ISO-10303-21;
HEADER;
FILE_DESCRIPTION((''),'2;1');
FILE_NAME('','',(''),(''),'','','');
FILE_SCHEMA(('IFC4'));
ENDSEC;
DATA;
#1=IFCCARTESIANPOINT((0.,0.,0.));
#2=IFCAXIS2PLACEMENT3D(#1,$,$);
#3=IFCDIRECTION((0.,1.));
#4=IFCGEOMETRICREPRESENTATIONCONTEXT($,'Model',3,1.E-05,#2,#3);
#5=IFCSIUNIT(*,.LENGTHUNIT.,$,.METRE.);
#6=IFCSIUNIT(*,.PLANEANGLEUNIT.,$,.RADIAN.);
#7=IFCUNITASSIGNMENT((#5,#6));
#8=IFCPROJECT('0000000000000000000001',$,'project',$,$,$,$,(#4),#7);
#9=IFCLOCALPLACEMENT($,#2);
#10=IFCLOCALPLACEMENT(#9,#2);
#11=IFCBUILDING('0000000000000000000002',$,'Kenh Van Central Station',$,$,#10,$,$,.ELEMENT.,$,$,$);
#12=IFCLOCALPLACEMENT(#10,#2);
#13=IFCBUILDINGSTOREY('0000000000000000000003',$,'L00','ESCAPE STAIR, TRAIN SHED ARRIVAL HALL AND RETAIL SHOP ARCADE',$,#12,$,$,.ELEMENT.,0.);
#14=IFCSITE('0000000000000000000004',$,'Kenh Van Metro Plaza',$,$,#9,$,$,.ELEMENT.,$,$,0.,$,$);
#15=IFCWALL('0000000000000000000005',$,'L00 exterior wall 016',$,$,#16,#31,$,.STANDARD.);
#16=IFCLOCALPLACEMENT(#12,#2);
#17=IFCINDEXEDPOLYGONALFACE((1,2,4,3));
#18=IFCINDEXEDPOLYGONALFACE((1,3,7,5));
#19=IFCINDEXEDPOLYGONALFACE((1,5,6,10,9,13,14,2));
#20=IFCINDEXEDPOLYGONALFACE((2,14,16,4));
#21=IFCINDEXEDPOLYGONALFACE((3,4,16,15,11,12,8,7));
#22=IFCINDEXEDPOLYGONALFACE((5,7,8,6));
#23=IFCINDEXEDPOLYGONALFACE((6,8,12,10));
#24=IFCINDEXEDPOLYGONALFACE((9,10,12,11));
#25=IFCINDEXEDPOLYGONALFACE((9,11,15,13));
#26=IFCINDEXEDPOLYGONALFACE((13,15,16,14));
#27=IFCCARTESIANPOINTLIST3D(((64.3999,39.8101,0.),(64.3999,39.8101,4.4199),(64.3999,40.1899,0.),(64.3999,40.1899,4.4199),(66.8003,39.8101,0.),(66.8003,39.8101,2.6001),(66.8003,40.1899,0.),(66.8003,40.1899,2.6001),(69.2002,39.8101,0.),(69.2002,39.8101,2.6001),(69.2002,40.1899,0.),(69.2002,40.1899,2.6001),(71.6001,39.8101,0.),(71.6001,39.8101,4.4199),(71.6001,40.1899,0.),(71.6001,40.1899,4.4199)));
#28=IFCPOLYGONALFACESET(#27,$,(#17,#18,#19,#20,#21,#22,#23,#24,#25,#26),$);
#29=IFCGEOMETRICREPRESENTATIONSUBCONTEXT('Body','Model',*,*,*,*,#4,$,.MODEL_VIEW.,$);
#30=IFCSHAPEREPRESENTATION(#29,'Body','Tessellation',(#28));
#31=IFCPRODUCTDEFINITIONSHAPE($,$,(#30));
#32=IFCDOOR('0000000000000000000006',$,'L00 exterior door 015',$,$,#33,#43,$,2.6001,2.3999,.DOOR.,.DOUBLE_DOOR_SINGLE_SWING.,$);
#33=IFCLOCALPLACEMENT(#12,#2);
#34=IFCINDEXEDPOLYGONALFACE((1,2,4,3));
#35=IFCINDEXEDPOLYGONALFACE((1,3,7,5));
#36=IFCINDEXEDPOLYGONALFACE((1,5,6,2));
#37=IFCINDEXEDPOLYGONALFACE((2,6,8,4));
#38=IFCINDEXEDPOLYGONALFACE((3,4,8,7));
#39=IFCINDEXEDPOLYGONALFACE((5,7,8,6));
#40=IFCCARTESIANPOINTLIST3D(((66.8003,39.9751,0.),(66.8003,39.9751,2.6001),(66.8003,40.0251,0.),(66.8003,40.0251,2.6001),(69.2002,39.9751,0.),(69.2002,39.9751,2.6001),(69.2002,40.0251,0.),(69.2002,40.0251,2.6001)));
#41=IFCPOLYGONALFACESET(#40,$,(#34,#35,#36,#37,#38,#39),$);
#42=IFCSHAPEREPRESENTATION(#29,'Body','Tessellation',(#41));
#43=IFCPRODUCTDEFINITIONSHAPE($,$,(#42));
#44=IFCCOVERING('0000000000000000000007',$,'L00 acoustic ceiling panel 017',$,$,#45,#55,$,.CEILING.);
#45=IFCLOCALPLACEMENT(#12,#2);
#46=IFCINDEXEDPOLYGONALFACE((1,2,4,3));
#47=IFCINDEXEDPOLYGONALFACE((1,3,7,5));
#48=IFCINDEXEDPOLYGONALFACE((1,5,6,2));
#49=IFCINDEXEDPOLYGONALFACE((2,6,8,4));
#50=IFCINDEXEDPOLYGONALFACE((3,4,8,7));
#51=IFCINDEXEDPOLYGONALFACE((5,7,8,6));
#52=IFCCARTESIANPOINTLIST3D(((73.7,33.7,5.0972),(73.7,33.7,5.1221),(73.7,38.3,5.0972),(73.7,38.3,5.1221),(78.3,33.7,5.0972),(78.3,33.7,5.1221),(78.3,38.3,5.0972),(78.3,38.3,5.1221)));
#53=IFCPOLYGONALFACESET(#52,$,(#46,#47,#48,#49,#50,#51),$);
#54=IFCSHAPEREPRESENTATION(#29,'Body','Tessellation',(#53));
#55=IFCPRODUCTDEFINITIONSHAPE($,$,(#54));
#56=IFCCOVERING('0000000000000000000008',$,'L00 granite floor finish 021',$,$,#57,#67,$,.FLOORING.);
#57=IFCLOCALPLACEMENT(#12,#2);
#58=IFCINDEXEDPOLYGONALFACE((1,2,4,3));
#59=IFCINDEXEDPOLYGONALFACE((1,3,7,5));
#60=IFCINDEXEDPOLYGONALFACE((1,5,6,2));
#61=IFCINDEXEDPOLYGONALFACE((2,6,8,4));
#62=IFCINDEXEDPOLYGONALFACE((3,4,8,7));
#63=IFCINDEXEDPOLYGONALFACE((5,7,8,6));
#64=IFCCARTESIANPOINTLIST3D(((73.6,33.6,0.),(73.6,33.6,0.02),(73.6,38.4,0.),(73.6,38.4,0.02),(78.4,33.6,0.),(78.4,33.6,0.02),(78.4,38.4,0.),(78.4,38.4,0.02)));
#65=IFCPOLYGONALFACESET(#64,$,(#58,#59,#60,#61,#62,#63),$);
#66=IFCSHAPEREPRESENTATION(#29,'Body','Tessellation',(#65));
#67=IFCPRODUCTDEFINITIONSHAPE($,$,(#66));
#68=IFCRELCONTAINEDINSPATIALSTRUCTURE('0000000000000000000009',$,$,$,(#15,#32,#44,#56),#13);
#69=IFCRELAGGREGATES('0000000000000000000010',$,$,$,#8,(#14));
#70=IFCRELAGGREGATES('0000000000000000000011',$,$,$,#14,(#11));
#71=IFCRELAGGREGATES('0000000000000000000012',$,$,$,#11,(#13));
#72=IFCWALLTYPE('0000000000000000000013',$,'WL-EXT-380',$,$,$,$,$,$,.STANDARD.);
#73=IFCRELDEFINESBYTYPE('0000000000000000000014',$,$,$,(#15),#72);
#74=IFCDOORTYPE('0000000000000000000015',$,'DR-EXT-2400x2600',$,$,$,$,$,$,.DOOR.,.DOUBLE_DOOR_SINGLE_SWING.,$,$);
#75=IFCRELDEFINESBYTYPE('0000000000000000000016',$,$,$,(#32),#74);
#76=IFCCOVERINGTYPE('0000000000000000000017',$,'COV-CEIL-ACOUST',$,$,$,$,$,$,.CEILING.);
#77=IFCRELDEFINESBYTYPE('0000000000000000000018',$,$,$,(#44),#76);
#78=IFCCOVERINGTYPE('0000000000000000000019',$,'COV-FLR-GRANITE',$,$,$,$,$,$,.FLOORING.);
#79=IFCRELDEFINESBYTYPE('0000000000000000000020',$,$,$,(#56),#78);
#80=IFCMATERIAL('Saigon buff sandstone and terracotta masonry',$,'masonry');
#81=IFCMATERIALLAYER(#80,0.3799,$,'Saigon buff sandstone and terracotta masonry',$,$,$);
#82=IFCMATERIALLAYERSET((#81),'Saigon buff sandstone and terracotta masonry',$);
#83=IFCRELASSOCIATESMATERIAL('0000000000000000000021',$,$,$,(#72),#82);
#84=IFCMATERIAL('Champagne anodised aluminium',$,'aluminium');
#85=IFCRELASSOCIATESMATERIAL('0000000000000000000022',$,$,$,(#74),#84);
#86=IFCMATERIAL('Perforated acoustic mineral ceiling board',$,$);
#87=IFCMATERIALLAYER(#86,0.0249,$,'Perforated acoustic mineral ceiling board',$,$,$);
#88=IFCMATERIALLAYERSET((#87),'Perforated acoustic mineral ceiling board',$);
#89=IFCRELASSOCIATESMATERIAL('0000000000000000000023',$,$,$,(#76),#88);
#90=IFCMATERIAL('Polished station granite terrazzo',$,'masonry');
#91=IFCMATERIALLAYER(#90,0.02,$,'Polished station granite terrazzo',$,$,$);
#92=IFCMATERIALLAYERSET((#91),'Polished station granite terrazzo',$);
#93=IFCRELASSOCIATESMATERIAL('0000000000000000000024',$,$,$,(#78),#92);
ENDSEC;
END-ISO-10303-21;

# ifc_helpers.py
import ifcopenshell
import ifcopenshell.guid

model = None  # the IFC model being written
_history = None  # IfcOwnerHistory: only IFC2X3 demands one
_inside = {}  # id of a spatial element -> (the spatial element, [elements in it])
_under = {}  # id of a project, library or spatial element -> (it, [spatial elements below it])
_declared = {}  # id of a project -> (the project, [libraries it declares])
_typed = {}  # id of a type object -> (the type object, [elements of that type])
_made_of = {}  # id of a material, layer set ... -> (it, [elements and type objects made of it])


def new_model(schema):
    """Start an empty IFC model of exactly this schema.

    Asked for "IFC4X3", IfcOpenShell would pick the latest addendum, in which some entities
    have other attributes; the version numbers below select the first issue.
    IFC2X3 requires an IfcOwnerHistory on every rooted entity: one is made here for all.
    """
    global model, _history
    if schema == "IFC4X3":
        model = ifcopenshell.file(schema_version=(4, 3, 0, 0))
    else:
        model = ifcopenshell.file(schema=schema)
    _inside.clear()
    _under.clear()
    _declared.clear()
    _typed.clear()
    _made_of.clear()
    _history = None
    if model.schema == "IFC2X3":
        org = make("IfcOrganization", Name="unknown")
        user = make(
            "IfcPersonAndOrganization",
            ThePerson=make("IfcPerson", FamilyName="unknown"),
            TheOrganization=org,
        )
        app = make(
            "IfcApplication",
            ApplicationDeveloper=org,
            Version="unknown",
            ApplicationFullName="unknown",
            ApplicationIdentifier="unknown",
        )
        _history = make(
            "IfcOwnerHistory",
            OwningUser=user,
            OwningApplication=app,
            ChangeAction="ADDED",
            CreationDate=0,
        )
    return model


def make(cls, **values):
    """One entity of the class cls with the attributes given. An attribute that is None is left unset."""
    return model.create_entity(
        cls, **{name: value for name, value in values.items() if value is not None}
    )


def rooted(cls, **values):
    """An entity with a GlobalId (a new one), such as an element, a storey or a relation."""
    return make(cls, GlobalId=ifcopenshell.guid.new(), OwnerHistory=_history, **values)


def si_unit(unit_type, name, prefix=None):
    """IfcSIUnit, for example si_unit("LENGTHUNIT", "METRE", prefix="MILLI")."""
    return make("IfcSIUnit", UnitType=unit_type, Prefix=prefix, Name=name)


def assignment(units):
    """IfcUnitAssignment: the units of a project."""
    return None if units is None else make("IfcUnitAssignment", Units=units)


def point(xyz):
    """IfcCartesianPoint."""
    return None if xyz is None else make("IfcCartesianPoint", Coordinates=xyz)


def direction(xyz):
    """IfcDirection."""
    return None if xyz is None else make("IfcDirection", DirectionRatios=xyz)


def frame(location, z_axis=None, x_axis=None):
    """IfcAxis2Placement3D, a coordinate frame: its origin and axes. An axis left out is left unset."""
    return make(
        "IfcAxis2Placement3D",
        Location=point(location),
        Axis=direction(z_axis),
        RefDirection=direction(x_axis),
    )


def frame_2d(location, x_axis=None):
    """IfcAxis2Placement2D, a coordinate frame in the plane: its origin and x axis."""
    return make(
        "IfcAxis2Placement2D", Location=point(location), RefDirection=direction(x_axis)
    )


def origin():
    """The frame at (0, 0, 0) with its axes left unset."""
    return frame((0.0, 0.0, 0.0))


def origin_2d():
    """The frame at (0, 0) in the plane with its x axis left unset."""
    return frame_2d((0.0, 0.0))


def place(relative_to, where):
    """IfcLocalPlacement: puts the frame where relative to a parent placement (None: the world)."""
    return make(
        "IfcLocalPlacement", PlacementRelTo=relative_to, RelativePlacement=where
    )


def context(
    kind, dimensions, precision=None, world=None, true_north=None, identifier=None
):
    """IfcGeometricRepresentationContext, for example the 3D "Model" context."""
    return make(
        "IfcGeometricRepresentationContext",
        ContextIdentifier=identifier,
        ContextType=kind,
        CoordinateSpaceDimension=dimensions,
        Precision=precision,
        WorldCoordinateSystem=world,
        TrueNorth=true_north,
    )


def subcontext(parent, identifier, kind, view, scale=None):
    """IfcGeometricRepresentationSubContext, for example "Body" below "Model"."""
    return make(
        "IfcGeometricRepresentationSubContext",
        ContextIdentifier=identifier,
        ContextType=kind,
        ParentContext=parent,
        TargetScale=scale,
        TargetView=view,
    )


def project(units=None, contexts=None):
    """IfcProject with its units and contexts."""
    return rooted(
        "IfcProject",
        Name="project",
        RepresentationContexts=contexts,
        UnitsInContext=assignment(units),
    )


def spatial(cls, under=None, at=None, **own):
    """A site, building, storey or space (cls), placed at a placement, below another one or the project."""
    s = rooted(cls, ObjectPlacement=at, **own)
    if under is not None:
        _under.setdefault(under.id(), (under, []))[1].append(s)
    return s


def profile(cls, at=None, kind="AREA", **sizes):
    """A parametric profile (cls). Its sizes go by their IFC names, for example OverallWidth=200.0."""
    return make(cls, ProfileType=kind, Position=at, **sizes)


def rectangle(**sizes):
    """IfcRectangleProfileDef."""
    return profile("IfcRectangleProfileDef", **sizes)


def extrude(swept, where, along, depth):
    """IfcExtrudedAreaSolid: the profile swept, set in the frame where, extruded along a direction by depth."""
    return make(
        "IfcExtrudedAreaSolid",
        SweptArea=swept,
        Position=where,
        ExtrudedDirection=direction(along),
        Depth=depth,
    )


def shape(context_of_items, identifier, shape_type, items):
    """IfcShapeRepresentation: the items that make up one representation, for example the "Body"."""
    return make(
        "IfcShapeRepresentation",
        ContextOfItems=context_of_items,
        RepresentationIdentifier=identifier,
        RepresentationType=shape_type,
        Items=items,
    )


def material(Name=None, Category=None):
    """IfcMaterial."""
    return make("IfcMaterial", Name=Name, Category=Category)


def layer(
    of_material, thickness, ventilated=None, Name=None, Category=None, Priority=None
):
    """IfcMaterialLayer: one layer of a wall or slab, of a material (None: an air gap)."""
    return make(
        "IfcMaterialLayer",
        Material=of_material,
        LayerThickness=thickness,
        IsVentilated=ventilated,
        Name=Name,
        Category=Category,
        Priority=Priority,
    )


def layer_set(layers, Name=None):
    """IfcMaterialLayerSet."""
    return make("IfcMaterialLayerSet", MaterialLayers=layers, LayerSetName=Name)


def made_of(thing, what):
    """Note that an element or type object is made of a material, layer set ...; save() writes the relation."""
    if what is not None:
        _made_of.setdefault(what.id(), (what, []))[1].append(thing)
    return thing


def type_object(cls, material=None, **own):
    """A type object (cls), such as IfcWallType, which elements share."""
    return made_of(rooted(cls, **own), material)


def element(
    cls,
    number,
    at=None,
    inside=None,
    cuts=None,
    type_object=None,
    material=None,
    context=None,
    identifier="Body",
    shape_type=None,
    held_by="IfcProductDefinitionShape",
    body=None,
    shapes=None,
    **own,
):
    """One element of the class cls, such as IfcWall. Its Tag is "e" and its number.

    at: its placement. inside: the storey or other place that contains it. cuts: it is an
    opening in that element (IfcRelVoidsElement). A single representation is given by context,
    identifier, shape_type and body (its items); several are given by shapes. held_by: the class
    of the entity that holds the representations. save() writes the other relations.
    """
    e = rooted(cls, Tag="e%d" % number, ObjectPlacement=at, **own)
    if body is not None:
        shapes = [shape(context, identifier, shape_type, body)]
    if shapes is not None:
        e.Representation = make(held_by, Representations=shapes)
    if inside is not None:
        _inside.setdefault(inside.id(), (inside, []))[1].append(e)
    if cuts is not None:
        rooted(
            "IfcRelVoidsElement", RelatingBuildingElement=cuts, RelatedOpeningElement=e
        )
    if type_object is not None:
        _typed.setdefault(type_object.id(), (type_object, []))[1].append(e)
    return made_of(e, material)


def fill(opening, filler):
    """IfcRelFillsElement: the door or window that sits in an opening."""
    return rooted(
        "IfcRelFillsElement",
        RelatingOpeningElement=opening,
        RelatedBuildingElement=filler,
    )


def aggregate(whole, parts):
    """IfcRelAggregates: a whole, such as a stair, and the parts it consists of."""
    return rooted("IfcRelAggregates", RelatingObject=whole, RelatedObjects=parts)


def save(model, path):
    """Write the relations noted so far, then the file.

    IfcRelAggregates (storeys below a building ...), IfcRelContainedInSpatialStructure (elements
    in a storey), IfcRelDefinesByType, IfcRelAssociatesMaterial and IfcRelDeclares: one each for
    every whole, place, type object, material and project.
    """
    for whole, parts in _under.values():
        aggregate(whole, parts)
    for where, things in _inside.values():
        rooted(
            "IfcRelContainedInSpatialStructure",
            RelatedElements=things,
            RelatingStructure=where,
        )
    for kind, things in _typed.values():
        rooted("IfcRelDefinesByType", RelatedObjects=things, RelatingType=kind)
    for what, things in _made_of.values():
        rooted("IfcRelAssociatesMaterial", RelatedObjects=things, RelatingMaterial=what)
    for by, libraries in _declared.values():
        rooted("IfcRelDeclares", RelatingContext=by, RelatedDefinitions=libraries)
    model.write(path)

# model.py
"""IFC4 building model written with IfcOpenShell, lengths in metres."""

from ifc_helpers import new_model, si_unit, direction, frame, frame_2d, origin, origin_2d, place, context, subcontext, project, spatial, rectangle, extrude, material, layer, layer_set, type_object, element, fill, save


model = new_model("IFC4")

# Units and contexts
model_context = context("Model", 3, precision=1e-05, world=origin(), true_north=direction((0.0, 1.0)))
body_context = subcontext(model_context, "Body", "Model", "MODEL_VIEW")
ifc_project = project(units=[si_unit("LENGTHUNIT", "METRE"), si_unit("PLANEANGLEUNIT", "RADIAN")], contexts=[model_context])

# Site, building, storey
site_placement = place(None, origin())
site = spatial("IfcSite", under=ifc_project, at=site_placement, Name="Kenh Van Metro Plaza", CompositionType="ELEMENT", RefElevation=0.0)
building_placement = place(site_placement, origin())
building = spatial("IfcBuilding", under=site, at=building_placement, Name="Kenh Van Central Station", CompositionType="ELEMENT")
storey_placement = place(building_placement, origin())
storey = spatial("IfcBuildingStorey", under=building, at=storey_placement, Name="L00", Description="ESCAPE STAIR, TRAIN SHED ARRIVAL HALL AND RETAIL SHOP ARCADE", CompositionType="ELEMENT", Elevation=0.0)

# Shared definitions
ifc_material_1 = material(Name="Champagne anodised aluminium", Category="aluminium")

# Wall, opening, door
ifc_material_2 = material(Name="Saigon buff sandstone and terracotta masonry", Category="masonry")
ifc_layer_1 = layer(ifc_material_2, 0.3799, Name="Saigon buff sandstone and terracotta masonry")
ifc_layer_set_1 = layer_set([ifc_layer_1], Name="Saigon buff sandstone and terracotta masonry")
wall_type = type_object("IfcWallType", Name="WL-EXT-380", PredefinedType="STANDARD", material=ifc_layer_set_1)
wall_placement = place(storey_placement, frame((71.6001, 40.0, 0.0), z_axis=(0.0, 0.0, 1.0), x_axis=(-1.0, 0.0, 0.0)))
wall = element("IfcWall", 1, at=wall_placement, inside=storey, type_object=wall_type, Name="L00 exterior wall 016", PredefinedType="STANDARD", context=body_context, shape_type="SweptSolid", body=[
    extrude(rectangle(XDim=7.2002, YDim=0.3799, at=frame_2d((3.6001, 0.0))), origin(), (0.0, 0.0, 1.0), 4.4199),
])
opening_placement = place(wall_placement, frame((2.3999, 0.0, 0.0)))
opening = element("IfcOpeningElement", 2, at=opening_placement, cuts=wall, PredefinedType="OPENING", context=body_context, shape_type="SweptSolid", body=[
    extrude(rectangle(XDim=2.3999, YDim=2.6001, at=frame_2d((1.2, 1.3))), frame((0.0, 0.2, 0.0), z_axis=(0.0, -1.0, 0.0), x_axis=(1.0, 0.0, 0.0)), (0.0, 0.0, 1.0), 0.3999),
])
door_type = type_object("IfcDoorType", Name="DR-EXT-2400x2600", OperationType="DOUBLE_DOOR_SINGLE_SWING", PredefinedType="DOOR", material=ifc_material_1)
door_placement = place(opening_placement, origin())
door = element("IfcDoor", 3, at=door_placement, inside=storey, type_object=door_type, Name="L00 exterior door 015", OperationType="DOUBLE_DOOR_SINGLE_SWING", OverallHeight=2.6001, OverallWidth=2.3999, PredefinedType="DOOR", context=body_context, shape_type="SweptSolid", body=[
    extrude(rectangle(XDim=2.3999, YDim=2.6001, at=frame_2d((1.2, 1.3))), frame((0.0, 0.0249, 0.0), z_axis=(0.0, -1.0, 0.0), x_axis=(1.0, 0.0, 0.0)), (0.0, 0.0, 1.0), 0.05),
])
fill(opening, door)

# Coverings
ifc_material_3 = material(Name="Perforated acoustic mineral ceiling board")
ifc_layer_2 = layer(ifc_material_3, 0.0249, Name="Perforated acoustic mineral ceiling board")
ifc_layer_set_2 = layer_set([ifc_layer_2], Name="Perforated acoustic mineral ceiling board")
covering_type_1 = type_object("IfcCoveringType", Name="COV-CEIL-ACOUST", PredefinedType="CEILING", material=ifc_layer_set_2)
covering_1_placement = place(storey_placement, frame((76.0, 36.0, 5.0972), z_axis=(0.0, 0.0, 1.0), x_axis=(1.0, 0.0, 0.0)))
element("IfcCovering", 4, at=covering_1_placement, inside=storey, type_object=covering_type_1, Name="L00 acoustic ceiling panel 017", PredefinedType="CEILING", context=body_context, shape_type="SweptSolid", body=[
    extrude(rectangle(XDim=4.6001, YDim=4.6001, at=origin_2d()), origin(), (0.0, 0.0, 1.0), 0.0249),
])
ifc_material_4 = material(Name="Polished station granite terrazzo", Category="masonry")
ifc_layer_3 = layer(ifc_material_4, 0.02, Name="Polished station granite terrazzo")
ifc_layer_set_3 = layer_set([ifc_layer_3], Name="Polished station granite terrazzo")
covering_type_2 = type_object("IfcCoveringType", Name="COV-FLR-GRANITE", PredefinedType="FLOORING", material=ifc_layer_set_3)
covering_2_placement = place(storey_placement, frame((76.0, 36.0, 0.0), z_axis=(0.0, 0.0, 1.0), x_axis=(1.0, 0.0, 0.0)))
element("IfcCovering", 5, at=covering_2_placement, inside=storey, type_object=covering_type_2, Name="L00 granite floor finish 021", PredefinedType="FLOORING", context=body_context, shape_type="SweptSolid", body=[
    extrude(rectangle(XDim=4.8, YDim=4.8, at=origin_2d()), origin(), (0.0, 0.0, 1.0), 0.02),
])

save(model, "model.ifc")
